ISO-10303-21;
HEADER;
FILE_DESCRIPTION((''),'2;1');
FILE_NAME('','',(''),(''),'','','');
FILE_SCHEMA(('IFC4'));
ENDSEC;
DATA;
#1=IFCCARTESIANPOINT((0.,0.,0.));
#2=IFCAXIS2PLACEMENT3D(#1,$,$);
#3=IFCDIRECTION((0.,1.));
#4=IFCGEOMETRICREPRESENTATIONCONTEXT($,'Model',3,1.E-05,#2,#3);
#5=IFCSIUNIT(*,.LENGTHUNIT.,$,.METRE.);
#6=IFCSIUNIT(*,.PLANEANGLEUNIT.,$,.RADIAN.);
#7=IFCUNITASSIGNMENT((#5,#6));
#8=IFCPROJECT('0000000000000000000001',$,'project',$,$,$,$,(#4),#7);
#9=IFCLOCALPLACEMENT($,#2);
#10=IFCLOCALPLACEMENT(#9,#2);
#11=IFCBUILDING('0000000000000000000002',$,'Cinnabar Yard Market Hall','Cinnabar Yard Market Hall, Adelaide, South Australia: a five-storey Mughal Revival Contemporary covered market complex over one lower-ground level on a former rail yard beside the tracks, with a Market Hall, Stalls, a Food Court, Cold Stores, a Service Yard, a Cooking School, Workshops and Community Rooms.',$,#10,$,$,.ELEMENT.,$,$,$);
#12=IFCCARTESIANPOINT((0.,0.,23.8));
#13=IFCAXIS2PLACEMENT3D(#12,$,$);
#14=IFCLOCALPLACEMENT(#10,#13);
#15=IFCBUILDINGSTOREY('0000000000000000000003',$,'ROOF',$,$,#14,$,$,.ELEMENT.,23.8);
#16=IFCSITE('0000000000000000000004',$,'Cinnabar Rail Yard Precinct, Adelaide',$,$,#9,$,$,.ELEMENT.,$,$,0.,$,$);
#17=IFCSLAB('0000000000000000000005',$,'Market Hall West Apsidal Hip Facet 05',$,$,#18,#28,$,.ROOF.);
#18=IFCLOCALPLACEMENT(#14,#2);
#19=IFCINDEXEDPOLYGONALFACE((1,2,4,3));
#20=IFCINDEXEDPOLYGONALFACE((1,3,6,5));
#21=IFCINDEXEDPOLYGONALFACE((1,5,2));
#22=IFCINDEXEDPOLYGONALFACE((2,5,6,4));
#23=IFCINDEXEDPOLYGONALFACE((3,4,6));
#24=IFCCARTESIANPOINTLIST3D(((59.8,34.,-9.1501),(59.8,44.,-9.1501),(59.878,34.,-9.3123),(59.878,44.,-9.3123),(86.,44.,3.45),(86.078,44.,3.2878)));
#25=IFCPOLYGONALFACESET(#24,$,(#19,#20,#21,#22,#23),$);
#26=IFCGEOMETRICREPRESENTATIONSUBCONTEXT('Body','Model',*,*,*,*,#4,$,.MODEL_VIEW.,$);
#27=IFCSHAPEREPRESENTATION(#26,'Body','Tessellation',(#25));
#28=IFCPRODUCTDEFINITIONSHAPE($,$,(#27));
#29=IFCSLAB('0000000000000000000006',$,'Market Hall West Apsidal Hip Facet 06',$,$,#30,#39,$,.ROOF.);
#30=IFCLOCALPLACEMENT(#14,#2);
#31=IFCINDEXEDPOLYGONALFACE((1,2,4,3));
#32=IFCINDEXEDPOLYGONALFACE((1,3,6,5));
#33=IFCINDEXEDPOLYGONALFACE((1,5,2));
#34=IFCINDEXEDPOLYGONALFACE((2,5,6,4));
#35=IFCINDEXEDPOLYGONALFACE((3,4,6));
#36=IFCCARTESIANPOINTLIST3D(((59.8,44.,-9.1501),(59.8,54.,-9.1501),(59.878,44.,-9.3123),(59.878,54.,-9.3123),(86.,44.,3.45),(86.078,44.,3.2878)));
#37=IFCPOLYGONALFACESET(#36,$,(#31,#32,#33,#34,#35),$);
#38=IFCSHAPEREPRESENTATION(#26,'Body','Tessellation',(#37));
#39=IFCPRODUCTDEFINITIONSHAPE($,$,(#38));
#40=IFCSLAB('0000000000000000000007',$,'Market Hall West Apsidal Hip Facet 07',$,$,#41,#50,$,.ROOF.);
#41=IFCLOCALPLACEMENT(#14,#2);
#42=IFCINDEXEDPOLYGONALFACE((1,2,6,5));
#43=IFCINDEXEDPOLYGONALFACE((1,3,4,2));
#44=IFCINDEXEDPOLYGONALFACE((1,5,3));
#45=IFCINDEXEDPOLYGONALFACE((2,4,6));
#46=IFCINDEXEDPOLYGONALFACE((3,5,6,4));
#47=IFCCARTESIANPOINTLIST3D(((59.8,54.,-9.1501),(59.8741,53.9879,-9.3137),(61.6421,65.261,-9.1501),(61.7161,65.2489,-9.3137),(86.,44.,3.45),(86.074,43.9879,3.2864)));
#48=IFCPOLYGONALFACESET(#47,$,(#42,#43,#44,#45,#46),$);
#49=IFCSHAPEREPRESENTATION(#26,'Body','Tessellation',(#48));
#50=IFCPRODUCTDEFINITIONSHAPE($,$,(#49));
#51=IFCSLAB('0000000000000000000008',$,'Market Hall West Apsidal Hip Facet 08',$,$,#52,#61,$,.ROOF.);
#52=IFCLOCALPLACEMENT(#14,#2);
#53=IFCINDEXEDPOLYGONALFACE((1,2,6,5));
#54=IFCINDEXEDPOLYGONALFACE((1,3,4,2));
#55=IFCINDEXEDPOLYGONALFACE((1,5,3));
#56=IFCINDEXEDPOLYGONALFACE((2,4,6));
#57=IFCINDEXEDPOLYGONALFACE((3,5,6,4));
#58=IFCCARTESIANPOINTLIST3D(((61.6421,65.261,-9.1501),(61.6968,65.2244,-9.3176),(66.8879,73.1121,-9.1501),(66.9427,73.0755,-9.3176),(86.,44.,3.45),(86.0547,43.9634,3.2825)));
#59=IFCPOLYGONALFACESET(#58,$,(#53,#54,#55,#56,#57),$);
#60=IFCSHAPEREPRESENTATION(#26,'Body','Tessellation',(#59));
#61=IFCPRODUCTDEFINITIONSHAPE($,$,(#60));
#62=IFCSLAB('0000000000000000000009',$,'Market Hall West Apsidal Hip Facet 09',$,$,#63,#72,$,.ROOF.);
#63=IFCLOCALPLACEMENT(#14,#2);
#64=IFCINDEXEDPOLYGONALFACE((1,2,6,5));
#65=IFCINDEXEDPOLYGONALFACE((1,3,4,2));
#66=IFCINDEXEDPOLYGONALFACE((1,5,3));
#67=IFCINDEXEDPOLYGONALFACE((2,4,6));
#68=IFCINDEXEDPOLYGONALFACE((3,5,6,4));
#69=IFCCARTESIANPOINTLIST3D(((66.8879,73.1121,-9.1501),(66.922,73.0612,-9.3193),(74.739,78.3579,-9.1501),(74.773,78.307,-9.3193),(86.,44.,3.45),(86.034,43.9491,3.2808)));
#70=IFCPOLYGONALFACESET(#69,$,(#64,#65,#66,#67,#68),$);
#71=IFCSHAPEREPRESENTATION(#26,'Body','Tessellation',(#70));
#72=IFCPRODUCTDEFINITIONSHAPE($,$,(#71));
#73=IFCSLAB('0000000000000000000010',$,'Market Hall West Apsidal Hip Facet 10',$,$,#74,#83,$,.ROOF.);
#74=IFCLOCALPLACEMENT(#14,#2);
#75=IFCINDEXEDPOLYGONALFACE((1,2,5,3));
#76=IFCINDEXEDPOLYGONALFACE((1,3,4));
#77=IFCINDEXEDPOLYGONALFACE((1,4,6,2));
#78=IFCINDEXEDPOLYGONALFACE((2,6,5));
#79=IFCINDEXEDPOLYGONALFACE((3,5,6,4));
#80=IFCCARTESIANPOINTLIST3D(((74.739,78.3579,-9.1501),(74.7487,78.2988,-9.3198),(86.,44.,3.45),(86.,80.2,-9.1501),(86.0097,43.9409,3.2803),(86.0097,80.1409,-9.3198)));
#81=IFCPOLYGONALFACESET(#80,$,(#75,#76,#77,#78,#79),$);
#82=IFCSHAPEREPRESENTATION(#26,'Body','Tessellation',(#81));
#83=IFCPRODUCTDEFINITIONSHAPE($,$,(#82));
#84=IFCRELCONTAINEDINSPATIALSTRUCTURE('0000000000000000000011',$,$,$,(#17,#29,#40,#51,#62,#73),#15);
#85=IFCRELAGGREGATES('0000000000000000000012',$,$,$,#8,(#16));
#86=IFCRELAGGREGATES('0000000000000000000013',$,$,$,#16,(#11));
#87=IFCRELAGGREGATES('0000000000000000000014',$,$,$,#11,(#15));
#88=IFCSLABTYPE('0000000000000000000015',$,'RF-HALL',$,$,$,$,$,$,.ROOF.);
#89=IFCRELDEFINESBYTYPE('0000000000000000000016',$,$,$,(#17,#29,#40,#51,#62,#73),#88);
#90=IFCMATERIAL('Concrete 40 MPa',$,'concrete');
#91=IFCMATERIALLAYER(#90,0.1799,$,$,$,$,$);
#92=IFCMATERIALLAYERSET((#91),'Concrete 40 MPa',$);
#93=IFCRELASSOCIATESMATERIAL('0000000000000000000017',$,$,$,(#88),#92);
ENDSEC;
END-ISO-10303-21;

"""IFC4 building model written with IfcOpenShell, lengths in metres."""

from ifc_helpers import new_model, si_unit, direction, frame, origin, place, context, subcontext, project, spatial, polyline, outline, extrude, material, layer, layer_set, type_object, element, save


model = new_model("IFC4")

# Units and contexts
model_context = context("Model", 3, precision=1e-05, world=origin(), true_north=direction((0.0, 1.0)))
body_context = subcontext(model_context, "Body", "Model", "MODEL_VIEW")
ifc_project = project(units=[si_unit("LENGTHUNIT", "METRE"), si_unit("PLANEANGLEUNIT", "RADIAN")], contexts=[model_context])

# Site, building, storey
site_placement = place(None, origin())
site = spatial("IfcSite", under=ifc_project, at=site_placement, Name="Cinnabar Rail Yard Precinct, Adelaide", CompositionType="ELEMENT", RefElevation=0.0)
building_placement = place(site_placement, origin())
building = spatial("IfcBuilding", under=site, at=building_placement, Name="Cinnabar Yard Market Hall", Description="Cinnabar Yard Market Hall, Adelaide, South Australia: a five-storey Mughal Revival Contemporary covered market complex over one lower-ground level on a former rail yard beside the tracks, with a Market Hall, Stalls, a Food Court, Cold Stores, a Service Yard, a Cooking School, Workshops and Community Rooms.", CompositionType="ELEMENT")
storey_placement = place(building_placement, frame((0.0, 0.0, 23.8)))
storey = spatial("IfcBuildingStorey", under=building, at=storey_placement, Name="ROOF", CompositionType="ELEMENT", Elevation=23.8)

# Slabs
ifc_material_1 = material(Name="Concrete 40 MPa", Category="concrete")
ifc_layer_1 = layer(ifc_material_1, 0.1799)
ifc_layer_set_1 = layer_set([ifc_layer_1], Name="Concrete 40 MPa")
slab_type = type_object("IfcSlabType", Name="RF-HALL", PredefinedType="ROOF", material=ifc_layer_set_1)
slab_1_placement = place(storey_placement, frame((86.0, 44.0, 3.45), z_axis=(-0.433405, 0.0, 0.901199), x_axis=(-0.901199, 0.0, -0.433405)))
element("IfcSlab", 1, at=slab_1_placement, inside=storey, type_object=slab_type, Name="Market Hall West Apsidal Hip Facet 05", PredefinedType="ROOF", context=body_context, shape_type="SweptSolid", body=[
    extrude(outline(polyline([(0.0, 0.0), (29.0723, 0.0), (29.0723, 10.0), (0.0, 0.0)])), origin(), (0.0, 0.0, -1.0), 0.1799),
])
slab_2_placement = place(storey_placement, frame((86.0, 44.0, 3.45), z_axis=(-0.433405, 0.0, 0.901199), x_axis=(-0.852194, 0.325266, -0.409838)))
element("IfcSlab", 2, at=slab_2_placement, inside=storey, type_object=slab_type, Name="Market Hall West Apsidal Hip Facet 06", PredefinedType="ROOF", context=body_context, shape_type="SweptSolid", body=[
    extrude(outline(polyline([(0.0, 0.0), (30.7441, 0.0), (27.4914, 9.4562), (0.0, 0.0)])), origin(), (0.0, 0.0, -1.0), 0.1799),
])
slab_3_placement = place(storey_placement, frame((86.0, 44.0, 3.45), z_axis=(-0.411443, 0.067303, 0.908947), x_axis=(-0.701954, 0.612706, -0.363114)))
element("IfcSlab", 3, at=slab_3_placement, inside=storey, type_object=slab_type, Name="Market Hall West Apsidal Hip Facet 07", PredefinedType="ROOF", context=body_context, shape_type="SweptSolid", body=[
    extrude(outline(polyline([(0.0, 0.0), (34.7001, 0.0), (29.0935, 9.9382), (0.0, 0.0)])), origin(), (0.0, 0.0, -1.0), 0.1799),
])
slab_4_placement = place(storey_placement, frame((86.0, 44.0, 3.45), z_axis=(-0.304097, 0.203189, 0.93072), x_axis=(-0.516063, 0.786082, -0.340227)))
element("IfcSlab", 4, at=slab_4_placement, inside=storey, type_object=slab_type, Name="Market Hall West Apsidal Hip Facet 08", PredefinedType="ROOF", context=body_context, shape_type="SweptSolid", body=[
    extrude(outline(polyline([(0.0, 0.0), (37.0344, 0.0), (33.57, 8.7839), (0.0, 0.0)])), origin(), (0.0, 0.0, -1.0), 0.1799),
])
slab_5_placement = place(storey_placement, frame((86.0, 44.0, 3.45), z_axis=(-0.189024, 0.282898, 0.94034), x_axis=(-0.294106, 0.897334, -0.32908)))
element("IfcSlab", 5, at=slab_5_placement, inside=storey, type_object=slab_type, Name="Market Hall West Apsidal Hip Facet 09", PredefinedType="ROOF", context=body_context, shape_type="SweptSolid", body=[
    extrude(outline(polyline([(0.0, 0.0), (38.2889, 0.0), (35.8906, 9.1327), (0.0, 0.0)])), origin(), (0.0, 0.0, -1.0), 0.1799),
])
slab_6_placement = place(storey_placement, frame((86.0, 44.0, 3.45), z_axis=(-0.053694, 0.328251, 0.943063), x_axis=(0.0, 0.944425, -0.328726)))
element("IfcSlab", 6, at=slab_6_placement, inside=storey, type_object=slab_type, Name="Market Hall West Apsidal Hip Facet 10", PredefinedType="ROOF", context=body_context, shape_type="SweptSolid", body=[
    extrude(outline(polyline([(0.0, 0.0), (38.3301, 0.0), (36.5905, 11.2773), (0.0, 0.0)])), origin(), (0.0, 0.0, -1.0), 0.1799),
])

save(model, "model.ifc")
